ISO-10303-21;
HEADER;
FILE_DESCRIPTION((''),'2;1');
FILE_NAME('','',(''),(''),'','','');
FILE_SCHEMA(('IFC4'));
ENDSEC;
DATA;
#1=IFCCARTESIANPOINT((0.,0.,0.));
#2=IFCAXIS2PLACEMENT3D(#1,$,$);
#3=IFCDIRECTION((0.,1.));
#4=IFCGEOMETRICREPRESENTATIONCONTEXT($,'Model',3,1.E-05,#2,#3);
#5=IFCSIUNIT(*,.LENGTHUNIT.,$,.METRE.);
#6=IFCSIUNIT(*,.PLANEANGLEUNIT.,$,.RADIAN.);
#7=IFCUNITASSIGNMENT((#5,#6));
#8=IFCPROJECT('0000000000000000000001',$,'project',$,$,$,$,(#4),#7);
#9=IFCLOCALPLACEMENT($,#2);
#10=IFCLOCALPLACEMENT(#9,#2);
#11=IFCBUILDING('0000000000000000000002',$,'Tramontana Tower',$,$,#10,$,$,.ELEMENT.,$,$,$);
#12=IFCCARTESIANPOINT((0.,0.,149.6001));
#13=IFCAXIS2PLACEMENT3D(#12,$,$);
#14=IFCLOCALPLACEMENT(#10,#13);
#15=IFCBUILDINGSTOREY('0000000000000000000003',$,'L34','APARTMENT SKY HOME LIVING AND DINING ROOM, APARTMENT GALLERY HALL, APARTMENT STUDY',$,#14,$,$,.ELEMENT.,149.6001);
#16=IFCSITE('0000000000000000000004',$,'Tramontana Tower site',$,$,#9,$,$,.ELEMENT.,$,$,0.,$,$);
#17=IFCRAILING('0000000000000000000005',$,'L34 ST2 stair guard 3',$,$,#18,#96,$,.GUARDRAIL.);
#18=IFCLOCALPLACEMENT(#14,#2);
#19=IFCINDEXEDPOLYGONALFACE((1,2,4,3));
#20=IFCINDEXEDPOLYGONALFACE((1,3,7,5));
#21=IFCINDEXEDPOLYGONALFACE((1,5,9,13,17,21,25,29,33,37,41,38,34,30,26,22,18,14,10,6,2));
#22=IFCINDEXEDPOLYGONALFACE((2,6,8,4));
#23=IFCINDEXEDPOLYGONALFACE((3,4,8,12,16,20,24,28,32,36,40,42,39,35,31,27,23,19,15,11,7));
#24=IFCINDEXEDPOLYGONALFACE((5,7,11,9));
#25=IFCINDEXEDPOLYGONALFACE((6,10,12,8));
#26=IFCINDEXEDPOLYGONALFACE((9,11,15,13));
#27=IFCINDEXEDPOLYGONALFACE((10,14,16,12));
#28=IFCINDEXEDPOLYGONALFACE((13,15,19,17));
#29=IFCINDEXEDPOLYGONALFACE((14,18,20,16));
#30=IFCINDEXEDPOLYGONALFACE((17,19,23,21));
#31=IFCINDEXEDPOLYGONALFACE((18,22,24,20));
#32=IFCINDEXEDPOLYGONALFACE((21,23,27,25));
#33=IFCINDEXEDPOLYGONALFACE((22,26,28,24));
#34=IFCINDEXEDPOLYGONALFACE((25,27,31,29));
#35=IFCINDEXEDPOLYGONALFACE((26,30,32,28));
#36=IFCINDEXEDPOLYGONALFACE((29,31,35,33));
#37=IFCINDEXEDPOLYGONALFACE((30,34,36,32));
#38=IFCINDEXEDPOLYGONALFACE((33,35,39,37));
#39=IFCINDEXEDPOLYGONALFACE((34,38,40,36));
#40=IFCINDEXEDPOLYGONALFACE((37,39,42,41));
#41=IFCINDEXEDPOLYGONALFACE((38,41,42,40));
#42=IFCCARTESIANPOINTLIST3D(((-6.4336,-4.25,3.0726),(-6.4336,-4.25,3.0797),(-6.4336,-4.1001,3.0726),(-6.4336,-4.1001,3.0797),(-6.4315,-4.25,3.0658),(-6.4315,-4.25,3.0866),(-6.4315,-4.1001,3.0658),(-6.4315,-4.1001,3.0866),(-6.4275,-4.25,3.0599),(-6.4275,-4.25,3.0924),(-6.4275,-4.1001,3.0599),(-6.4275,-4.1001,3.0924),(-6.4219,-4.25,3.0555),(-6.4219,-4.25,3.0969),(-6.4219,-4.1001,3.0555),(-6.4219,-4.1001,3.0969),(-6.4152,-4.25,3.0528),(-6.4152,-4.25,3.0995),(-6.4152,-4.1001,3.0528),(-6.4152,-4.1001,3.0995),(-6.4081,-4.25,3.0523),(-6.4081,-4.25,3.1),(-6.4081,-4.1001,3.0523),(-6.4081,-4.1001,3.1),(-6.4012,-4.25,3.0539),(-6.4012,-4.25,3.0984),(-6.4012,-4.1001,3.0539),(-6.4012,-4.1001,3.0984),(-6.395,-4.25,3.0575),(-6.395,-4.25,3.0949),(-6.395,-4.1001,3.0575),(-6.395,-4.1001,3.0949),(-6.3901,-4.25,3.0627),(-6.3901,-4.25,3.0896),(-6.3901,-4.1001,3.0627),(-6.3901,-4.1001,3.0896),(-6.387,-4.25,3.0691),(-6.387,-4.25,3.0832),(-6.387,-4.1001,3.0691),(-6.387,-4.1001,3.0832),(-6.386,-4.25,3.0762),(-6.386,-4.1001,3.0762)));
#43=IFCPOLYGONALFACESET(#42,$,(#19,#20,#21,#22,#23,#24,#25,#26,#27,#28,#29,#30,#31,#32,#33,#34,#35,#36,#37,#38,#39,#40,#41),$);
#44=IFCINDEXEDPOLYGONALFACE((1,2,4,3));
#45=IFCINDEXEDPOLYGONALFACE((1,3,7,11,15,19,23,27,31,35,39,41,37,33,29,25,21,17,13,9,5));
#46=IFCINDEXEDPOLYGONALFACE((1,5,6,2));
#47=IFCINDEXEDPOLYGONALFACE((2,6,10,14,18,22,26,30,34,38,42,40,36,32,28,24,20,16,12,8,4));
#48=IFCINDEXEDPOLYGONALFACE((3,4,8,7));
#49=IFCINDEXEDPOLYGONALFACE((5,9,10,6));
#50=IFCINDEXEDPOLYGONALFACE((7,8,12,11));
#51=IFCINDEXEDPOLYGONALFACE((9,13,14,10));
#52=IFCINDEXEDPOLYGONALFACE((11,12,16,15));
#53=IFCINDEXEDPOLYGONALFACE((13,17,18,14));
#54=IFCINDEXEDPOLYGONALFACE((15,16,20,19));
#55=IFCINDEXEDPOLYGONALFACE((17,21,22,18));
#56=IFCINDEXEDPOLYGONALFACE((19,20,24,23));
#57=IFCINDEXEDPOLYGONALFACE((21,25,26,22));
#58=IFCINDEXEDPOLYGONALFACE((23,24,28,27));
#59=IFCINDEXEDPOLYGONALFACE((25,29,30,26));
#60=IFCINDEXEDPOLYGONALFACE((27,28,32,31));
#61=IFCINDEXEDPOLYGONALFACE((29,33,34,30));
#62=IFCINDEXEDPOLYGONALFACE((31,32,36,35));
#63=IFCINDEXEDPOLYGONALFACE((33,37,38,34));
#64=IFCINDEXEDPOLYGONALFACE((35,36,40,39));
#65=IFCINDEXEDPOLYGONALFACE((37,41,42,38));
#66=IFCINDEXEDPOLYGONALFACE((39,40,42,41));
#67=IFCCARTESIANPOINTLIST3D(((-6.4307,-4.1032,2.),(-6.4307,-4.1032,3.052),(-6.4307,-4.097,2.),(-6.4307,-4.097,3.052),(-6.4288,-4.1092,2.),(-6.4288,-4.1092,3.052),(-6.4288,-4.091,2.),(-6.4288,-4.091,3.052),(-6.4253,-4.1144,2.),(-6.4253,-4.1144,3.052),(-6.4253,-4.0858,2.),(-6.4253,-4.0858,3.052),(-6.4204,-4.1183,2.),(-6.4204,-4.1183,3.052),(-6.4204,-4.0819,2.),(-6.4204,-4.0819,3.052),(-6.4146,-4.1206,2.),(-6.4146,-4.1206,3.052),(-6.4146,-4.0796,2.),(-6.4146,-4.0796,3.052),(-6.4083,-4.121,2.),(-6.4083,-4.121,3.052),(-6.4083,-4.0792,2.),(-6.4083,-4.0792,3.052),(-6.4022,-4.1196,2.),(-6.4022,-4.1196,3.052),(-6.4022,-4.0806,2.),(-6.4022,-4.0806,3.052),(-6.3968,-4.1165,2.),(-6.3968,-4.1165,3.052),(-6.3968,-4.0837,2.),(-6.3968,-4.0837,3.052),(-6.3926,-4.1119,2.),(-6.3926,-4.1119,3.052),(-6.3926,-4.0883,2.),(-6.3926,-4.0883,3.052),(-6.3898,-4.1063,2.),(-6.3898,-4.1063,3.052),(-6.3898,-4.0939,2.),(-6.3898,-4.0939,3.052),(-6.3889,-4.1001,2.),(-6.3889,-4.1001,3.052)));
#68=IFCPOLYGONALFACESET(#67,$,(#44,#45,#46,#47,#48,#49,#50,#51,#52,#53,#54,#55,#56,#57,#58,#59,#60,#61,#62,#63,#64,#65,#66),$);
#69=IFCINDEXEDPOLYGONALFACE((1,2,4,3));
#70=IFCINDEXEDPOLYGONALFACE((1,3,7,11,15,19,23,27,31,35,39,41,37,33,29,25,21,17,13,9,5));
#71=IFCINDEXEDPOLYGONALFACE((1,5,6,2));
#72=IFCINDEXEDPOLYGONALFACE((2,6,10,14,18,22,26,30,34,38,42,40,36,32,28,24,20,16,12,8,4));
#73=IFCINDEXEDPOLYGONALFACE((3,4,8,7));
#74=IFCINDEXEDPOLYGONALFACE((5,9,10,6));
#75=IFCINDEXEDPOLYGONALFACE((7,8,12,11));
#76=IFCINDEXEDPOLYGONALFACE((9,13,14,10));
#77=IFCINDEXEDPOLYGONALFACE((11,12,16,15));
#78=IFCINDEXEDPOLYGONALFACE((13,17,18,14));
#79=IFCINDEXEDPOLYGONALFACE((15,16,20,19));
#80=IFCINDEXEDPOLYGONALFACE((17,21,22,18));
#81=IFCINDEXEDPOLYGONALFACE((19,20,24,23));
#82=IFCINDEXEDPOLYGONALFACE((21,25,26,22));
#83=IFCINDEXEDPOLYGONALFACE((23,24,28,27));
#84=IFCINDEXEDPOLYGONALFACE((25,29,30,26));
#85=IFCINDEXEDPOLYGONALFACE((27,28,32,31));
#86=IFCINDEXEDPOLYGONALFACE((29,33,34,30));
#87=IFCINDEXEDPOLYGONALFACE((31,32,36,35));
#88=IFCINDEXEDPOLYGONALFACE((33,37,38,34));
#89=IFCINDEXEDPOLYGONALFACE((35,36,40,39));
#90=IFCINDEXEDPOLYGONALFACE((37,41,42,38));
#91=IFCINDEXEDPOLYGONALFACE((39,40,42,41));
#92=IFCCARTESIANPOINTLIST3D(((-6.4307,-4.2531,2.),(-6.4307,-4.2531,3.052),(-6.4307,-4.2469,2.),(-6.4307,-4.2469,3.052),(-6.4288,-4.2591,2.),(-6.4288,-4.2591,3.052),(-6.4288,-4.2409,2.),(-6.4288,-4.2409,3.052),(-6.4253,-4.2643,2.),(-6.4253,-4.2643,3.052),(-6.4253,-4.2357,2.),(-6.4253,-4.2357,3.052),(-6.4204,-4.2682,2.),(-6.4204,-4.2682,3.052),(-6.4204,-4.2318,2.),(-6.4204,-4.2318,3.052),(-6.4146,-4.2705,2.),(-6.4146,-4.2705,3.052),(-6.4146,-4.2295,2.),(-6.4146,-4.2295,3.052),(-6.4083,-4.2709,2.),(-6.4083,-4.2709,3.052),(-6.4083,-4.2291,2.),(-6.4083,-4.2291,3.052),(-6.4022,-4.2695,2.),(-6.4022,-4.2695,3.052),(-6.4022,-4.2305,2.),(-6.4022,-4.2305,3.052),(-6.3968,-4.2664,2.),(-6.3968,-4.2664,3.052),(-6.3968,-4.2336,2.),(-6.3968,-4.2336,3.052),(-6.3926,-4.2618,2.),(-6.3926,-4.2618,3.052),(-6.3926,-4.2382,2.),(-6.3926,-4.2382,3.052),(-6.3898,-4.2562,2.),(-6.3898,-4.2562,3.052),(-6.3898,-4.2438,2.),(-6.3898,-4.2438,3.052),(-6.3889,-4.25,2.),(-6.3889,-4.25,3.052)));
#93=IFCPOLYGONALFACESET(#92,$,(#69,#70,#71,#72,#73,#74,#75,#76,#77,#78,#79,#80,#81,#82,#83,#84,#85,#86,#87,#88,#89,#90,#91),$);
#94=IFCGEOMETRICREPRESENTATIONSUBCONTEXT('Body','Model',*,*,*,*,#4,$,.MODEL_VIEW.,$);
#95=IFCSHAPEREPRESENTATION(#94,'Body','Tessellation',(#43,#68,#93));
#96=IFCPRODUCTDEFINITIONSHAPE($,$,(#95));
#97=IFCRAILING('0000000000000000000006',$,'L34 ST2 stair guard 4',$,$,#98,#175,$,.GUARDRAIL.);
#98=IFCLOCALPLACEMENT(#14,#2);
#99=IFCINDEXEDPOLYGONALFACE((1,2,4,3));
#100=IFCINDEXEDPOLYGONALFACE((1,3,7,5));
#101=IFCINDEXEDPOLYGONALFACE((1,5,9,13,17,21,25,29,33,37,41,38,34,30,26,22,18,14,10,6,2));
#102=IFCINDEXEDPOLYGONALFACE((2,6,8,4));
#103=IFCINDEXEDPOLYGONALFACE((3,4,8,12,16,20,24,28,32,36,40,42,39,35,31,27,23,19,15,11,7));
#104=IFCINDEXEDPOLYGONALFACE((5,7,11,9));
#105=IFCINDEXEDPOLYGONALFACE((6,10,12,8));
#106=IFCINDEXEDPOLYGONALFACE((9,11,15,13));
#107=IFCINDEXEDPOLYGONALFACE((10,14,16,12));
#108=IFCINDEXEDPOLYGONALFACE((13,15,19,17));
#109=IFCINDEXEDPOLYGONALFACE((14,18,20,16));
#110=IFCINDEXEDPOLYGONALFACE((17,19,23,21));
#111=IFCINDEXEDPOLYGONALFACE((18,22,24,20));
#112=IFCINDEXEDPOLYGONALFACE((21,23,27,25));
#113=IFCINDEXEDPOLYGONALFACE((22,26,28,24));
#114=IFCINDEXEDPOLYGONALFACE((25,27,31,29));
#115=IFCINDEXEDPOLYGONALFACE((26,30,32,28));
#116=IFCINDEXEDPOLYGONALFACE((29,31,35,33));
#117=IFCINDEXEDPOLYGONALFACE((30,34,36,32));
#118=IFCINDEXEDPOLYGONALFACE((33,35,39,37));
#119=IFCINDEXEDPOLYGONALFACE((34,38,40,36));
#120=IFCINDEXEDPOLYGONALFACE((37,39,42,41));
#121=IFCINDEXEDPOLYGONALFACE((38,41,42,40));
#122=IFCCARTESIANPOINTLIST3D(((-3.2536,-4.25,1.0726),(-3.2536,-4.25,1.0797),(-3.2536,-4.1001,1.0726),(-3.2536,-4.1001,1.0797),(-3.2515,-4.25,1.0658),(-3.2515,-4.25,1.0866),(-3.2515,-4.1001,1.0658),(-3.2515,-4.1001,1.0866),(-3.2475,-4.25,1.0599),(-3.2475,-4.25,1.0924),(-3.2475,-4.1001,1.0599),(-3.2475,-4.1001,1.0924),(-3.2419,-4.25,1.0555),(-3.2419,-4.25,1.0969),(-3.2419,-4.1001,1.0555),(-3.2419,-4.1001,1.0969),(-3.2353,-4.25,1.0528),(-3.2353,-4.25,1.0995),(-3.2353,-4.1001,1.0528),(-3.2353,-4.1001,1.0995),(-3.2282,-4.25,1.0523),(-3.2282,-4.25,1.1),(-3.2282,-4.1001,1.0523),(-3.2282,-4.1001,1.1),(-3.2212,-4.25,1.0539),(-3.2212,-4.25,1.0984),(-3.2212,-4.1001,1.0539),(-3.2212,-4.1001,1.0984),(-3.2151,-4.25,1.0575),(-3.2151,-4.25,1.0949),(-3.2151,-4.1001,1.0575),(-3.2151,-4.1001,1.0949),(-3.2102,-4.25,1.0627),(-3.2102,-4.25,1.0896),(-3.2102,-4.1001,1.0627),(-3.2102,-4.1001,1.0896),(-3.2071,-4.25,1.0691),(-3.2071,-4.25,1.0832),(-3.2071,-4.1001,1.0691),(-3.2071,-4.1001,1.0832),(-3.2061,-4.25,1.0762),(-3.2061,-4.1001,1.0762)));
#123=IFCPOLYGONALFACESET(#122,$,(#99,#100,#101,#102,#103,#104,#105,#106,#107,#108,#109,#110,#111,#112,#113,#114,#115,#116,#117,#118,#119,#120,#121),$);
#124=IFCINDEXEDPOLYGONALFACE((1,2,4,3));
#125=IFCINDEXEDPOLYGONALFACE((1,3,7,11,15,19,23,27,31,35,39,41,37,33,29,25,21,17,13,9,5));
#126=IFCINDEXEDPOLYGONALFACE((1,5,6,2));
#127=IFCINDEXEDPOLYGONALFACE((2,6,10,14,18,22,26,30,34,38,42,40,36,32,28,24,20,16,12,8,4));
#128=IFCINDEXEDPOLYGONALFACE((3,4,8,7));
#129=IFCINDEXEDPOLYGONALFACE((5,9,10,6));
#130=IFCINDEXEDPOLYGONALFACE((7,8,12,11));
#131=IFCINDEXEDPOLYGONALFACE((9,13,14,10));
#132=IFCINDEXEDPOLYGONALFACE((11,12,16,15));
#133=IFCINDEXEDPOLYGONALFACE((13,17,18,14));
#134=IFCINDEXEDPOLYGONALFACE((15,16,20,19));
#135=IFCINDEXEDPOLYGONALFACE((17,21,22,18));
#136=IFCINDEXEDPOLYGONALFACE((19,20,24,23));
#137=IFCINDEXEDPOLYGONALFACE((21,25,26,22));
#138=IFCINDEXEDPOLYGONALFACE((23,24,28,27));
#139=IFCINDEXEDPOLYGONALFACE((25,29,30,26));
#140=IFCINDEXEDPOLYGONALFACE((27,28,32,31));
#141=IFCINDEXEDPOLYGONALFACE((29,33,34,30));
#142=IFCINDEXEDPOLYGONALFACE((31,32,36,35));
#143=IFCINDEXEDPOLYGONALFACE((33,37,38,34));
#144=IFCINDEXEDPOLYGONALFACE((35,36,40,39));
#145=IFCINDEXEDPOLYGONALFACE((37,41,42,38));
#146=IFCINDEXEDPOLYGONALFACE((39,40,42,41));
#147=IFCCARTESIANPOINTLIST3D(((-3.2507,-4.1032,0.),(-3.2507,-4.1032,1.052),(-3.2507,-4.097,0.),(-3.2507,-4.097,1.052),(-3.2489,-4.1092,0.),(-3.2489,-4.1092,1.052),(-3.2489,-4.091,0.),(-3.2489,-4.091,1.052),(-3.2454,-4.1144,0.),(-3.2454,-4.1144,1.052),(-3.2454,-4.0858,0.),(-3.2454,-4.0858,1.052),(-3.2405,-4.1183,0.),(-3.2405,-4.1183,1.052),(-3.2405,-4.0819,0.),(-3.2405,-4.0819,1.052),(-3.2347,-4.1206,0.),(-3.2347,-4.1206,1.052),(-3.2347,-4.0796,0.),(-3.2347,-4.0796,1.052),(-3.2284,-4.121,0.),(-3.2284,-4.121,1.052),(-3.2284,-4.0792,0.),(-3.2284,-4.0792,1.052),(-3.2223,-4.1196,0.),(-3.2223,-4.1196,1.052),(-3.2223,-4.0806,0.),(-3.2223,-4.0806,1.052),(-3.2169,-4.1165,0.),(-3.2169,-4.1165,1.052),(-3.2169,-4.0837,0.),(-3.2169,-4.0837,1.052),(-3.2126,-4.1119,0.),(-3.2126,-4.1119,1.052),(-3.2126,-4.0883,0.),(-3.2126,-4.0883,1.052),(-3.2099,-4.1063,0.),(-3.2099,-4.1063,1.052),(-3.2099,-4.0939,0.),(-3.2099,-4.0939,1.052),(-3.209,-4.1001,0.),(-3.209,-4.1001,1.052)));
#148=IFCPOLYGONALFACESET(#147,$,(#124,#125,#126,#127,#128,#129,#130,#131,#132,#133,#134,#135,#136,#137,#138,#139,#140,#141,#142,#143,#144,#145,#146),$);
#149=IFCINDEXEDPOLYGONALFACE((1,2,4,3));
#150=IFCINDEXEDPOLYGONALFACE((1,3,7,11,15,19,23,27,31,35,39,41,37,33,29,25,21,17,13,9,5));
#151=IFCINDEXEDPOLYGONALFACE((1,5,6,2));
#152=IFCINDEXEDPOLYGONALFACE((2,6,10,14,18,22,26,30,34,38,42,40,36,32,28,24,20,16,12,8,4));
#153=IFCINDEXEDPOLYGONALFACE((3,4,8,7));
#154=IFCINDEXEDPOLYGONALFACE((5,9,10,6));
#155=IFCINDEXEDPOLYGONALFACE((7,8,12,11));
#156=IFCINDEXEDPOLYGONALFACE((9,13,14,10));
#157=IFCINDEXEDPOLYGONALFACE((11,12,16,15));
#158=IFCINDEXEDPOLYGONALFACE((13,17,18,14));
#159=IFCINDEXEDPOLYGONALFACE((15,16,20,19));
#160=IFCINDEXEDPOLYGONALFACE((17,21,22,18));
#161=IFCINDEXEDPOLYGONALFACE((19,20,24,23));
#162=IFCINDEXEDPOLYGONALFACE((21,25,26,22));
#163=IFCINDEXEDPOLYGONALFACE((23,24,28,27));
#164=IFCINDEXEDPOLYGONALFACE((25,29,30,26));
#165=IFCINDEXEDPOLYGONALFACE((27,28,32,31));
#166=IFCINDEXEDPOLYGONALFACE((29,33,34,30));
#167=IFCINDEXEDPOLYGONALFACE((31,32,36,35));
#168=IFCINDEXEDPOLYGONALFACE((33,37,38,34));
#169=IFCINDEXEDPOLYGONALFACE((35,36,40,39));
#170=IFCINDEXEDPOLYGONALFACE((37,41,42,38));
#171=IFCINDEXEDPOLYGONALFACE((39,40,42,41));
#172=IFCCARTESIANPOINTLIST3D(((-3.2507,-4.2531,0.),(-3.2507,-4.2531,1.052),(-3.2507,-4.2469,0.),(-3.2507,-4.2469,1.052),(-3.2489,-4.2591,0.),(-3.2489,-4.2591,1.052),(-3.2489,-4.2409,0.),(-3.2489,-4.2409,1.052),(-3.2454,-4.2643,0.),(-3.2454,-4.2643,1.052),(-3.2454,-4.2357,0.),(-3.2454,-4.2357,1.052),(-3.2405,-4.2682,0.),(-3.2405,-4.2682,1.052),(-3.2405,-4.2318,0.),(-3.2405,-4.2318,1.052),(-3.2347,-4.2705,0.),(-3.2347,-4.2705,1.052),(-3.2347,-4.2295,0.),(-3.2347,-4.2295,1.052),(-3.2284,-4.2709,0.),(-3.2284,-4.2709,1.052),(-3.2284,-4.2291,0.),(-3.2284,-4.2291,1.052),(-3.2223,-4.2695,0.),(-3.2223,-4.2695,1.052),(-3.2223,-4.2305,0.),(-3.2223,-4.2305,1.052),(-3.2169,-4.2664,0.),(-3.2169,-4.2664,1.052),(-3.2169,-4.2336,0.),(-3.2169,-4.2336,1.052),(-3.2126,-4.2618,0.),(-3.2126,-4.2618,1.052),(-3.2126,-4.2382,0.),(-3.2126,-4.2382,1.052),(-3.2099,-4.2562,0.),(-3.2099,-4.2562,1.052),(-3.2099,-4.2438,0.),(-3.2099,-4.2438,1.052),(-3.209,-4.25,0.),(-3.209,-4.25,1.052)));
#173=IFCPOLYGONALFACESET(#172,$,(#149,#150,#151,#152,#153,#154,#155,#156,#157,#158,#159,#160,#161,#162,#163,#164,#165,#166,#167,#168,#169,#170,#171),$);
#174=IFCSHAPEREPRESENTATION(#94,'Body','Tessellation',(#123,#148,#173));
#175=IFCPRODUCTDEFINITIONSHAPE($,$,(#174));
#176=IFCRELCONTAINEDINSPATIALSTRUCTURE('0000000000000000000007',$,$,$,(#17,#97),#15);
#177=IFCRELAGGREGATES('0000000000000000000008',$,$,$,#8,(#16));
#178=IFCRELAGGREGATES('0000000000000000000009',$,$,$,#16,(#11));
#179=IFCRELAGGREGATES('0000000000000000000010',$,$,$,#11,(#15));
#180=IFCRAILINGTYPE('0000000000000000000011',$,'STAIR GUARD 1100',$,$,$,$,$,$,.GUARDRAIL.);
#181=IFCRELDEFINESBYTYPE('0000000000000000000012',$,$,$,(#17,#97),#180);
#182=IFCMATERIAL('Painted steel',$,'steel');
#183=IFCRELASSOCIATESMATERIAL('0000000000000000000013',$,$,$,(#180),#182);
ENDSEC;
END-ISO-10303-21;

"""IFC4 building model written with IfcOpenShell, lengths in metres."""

from ifc_helpers import new_model, si_unit, direction, frame, origin, origin_2d, place, context, subcontext, project, spatial, circle, extrude, material, type_object, element, save


model = new_model("IFC4")

# Units and contexts
model_context = context("Model", 3, precision=1e-05, world=origin(), true_north=direction((0.0, 1.0)))
body_context = subcontext(model_context, "Body", "Model", "MODEL_VIEW")
ifc_project = project(units=[si_unit("LENGTHUNIT", "METRE"), si_unit("PLANEANGLEUNIT", "RADIAN")], contexts=[model_context])

# Site, building, storey
site_placement = place(None, origin())
site = spatial("IfcSite", under=ifc_project, at=site_placement, Name="Tramontana Tower site", CompositionType="ELEMENT", RefElevation=0.0)
building_placement = place(site_placement, origin())
building = spatial("IfcBuilding", under=site, at=building_placement, Name="Tramontana Tower", CompositionType="ELEMENT")
storey_placement = place(building_placement, frame((0.0, 0.0, 149.6001)))
storey = spatial("IfcBuildingStorey", under=building, at=storey_placement, Name="L34", Description="APARTMENT SKY HOME LIVING AND DINING ROOM, APARTMENT GALLERY HALL, APARTMENT STUDY", CompositionType="ELEMENT", Elevation=149.6001)

# Railings
ifc_material_1 = material(Name="Painted steel", Category="steel")
railing_type_1 = type_object("IfcRailingType", Name="STAIR GUARD 1100", PredefinedType="GUARDRAIL", material=ifc_material_1)
for number, where, name in (
    (1, (-6.4099, -4.1001, 2.0), "L34 ST2 stair guard 3"),
    (2, (-3.23, -4.1001, 0.0), "L34 ST2 stair guard 4"),
):
    element("IfcRailing", number, at=place(storey_placement, frame(where)), inside=storey, type_object=railing_type_1, Name=name, PredefinedType="GUARDRAIL", context=body_context, shape_type="SweptSolid", body=[
        extrude(circle(Radius=0.0239, at=origin_2d()), frame((0.0, 0.0, 1.0762), z_axis=(0.0, -1.0, 0.0), x_axis=(1.0, 0.0, 0.0)), (0.0, 0.0, 1.0), 0.1499),
        extrude(circle(Radius=0.021, at=origin_2d()), origin(), (0.0, 0.0, 1.0), 1.052),
        extrude(circle(Radius=0.021, at=origin_2d()), frame((0.0, -0.1499, 0.0)), (0.0, 0.0, 1.0), 1.052),
    ])

save(model, "model.ifc")
